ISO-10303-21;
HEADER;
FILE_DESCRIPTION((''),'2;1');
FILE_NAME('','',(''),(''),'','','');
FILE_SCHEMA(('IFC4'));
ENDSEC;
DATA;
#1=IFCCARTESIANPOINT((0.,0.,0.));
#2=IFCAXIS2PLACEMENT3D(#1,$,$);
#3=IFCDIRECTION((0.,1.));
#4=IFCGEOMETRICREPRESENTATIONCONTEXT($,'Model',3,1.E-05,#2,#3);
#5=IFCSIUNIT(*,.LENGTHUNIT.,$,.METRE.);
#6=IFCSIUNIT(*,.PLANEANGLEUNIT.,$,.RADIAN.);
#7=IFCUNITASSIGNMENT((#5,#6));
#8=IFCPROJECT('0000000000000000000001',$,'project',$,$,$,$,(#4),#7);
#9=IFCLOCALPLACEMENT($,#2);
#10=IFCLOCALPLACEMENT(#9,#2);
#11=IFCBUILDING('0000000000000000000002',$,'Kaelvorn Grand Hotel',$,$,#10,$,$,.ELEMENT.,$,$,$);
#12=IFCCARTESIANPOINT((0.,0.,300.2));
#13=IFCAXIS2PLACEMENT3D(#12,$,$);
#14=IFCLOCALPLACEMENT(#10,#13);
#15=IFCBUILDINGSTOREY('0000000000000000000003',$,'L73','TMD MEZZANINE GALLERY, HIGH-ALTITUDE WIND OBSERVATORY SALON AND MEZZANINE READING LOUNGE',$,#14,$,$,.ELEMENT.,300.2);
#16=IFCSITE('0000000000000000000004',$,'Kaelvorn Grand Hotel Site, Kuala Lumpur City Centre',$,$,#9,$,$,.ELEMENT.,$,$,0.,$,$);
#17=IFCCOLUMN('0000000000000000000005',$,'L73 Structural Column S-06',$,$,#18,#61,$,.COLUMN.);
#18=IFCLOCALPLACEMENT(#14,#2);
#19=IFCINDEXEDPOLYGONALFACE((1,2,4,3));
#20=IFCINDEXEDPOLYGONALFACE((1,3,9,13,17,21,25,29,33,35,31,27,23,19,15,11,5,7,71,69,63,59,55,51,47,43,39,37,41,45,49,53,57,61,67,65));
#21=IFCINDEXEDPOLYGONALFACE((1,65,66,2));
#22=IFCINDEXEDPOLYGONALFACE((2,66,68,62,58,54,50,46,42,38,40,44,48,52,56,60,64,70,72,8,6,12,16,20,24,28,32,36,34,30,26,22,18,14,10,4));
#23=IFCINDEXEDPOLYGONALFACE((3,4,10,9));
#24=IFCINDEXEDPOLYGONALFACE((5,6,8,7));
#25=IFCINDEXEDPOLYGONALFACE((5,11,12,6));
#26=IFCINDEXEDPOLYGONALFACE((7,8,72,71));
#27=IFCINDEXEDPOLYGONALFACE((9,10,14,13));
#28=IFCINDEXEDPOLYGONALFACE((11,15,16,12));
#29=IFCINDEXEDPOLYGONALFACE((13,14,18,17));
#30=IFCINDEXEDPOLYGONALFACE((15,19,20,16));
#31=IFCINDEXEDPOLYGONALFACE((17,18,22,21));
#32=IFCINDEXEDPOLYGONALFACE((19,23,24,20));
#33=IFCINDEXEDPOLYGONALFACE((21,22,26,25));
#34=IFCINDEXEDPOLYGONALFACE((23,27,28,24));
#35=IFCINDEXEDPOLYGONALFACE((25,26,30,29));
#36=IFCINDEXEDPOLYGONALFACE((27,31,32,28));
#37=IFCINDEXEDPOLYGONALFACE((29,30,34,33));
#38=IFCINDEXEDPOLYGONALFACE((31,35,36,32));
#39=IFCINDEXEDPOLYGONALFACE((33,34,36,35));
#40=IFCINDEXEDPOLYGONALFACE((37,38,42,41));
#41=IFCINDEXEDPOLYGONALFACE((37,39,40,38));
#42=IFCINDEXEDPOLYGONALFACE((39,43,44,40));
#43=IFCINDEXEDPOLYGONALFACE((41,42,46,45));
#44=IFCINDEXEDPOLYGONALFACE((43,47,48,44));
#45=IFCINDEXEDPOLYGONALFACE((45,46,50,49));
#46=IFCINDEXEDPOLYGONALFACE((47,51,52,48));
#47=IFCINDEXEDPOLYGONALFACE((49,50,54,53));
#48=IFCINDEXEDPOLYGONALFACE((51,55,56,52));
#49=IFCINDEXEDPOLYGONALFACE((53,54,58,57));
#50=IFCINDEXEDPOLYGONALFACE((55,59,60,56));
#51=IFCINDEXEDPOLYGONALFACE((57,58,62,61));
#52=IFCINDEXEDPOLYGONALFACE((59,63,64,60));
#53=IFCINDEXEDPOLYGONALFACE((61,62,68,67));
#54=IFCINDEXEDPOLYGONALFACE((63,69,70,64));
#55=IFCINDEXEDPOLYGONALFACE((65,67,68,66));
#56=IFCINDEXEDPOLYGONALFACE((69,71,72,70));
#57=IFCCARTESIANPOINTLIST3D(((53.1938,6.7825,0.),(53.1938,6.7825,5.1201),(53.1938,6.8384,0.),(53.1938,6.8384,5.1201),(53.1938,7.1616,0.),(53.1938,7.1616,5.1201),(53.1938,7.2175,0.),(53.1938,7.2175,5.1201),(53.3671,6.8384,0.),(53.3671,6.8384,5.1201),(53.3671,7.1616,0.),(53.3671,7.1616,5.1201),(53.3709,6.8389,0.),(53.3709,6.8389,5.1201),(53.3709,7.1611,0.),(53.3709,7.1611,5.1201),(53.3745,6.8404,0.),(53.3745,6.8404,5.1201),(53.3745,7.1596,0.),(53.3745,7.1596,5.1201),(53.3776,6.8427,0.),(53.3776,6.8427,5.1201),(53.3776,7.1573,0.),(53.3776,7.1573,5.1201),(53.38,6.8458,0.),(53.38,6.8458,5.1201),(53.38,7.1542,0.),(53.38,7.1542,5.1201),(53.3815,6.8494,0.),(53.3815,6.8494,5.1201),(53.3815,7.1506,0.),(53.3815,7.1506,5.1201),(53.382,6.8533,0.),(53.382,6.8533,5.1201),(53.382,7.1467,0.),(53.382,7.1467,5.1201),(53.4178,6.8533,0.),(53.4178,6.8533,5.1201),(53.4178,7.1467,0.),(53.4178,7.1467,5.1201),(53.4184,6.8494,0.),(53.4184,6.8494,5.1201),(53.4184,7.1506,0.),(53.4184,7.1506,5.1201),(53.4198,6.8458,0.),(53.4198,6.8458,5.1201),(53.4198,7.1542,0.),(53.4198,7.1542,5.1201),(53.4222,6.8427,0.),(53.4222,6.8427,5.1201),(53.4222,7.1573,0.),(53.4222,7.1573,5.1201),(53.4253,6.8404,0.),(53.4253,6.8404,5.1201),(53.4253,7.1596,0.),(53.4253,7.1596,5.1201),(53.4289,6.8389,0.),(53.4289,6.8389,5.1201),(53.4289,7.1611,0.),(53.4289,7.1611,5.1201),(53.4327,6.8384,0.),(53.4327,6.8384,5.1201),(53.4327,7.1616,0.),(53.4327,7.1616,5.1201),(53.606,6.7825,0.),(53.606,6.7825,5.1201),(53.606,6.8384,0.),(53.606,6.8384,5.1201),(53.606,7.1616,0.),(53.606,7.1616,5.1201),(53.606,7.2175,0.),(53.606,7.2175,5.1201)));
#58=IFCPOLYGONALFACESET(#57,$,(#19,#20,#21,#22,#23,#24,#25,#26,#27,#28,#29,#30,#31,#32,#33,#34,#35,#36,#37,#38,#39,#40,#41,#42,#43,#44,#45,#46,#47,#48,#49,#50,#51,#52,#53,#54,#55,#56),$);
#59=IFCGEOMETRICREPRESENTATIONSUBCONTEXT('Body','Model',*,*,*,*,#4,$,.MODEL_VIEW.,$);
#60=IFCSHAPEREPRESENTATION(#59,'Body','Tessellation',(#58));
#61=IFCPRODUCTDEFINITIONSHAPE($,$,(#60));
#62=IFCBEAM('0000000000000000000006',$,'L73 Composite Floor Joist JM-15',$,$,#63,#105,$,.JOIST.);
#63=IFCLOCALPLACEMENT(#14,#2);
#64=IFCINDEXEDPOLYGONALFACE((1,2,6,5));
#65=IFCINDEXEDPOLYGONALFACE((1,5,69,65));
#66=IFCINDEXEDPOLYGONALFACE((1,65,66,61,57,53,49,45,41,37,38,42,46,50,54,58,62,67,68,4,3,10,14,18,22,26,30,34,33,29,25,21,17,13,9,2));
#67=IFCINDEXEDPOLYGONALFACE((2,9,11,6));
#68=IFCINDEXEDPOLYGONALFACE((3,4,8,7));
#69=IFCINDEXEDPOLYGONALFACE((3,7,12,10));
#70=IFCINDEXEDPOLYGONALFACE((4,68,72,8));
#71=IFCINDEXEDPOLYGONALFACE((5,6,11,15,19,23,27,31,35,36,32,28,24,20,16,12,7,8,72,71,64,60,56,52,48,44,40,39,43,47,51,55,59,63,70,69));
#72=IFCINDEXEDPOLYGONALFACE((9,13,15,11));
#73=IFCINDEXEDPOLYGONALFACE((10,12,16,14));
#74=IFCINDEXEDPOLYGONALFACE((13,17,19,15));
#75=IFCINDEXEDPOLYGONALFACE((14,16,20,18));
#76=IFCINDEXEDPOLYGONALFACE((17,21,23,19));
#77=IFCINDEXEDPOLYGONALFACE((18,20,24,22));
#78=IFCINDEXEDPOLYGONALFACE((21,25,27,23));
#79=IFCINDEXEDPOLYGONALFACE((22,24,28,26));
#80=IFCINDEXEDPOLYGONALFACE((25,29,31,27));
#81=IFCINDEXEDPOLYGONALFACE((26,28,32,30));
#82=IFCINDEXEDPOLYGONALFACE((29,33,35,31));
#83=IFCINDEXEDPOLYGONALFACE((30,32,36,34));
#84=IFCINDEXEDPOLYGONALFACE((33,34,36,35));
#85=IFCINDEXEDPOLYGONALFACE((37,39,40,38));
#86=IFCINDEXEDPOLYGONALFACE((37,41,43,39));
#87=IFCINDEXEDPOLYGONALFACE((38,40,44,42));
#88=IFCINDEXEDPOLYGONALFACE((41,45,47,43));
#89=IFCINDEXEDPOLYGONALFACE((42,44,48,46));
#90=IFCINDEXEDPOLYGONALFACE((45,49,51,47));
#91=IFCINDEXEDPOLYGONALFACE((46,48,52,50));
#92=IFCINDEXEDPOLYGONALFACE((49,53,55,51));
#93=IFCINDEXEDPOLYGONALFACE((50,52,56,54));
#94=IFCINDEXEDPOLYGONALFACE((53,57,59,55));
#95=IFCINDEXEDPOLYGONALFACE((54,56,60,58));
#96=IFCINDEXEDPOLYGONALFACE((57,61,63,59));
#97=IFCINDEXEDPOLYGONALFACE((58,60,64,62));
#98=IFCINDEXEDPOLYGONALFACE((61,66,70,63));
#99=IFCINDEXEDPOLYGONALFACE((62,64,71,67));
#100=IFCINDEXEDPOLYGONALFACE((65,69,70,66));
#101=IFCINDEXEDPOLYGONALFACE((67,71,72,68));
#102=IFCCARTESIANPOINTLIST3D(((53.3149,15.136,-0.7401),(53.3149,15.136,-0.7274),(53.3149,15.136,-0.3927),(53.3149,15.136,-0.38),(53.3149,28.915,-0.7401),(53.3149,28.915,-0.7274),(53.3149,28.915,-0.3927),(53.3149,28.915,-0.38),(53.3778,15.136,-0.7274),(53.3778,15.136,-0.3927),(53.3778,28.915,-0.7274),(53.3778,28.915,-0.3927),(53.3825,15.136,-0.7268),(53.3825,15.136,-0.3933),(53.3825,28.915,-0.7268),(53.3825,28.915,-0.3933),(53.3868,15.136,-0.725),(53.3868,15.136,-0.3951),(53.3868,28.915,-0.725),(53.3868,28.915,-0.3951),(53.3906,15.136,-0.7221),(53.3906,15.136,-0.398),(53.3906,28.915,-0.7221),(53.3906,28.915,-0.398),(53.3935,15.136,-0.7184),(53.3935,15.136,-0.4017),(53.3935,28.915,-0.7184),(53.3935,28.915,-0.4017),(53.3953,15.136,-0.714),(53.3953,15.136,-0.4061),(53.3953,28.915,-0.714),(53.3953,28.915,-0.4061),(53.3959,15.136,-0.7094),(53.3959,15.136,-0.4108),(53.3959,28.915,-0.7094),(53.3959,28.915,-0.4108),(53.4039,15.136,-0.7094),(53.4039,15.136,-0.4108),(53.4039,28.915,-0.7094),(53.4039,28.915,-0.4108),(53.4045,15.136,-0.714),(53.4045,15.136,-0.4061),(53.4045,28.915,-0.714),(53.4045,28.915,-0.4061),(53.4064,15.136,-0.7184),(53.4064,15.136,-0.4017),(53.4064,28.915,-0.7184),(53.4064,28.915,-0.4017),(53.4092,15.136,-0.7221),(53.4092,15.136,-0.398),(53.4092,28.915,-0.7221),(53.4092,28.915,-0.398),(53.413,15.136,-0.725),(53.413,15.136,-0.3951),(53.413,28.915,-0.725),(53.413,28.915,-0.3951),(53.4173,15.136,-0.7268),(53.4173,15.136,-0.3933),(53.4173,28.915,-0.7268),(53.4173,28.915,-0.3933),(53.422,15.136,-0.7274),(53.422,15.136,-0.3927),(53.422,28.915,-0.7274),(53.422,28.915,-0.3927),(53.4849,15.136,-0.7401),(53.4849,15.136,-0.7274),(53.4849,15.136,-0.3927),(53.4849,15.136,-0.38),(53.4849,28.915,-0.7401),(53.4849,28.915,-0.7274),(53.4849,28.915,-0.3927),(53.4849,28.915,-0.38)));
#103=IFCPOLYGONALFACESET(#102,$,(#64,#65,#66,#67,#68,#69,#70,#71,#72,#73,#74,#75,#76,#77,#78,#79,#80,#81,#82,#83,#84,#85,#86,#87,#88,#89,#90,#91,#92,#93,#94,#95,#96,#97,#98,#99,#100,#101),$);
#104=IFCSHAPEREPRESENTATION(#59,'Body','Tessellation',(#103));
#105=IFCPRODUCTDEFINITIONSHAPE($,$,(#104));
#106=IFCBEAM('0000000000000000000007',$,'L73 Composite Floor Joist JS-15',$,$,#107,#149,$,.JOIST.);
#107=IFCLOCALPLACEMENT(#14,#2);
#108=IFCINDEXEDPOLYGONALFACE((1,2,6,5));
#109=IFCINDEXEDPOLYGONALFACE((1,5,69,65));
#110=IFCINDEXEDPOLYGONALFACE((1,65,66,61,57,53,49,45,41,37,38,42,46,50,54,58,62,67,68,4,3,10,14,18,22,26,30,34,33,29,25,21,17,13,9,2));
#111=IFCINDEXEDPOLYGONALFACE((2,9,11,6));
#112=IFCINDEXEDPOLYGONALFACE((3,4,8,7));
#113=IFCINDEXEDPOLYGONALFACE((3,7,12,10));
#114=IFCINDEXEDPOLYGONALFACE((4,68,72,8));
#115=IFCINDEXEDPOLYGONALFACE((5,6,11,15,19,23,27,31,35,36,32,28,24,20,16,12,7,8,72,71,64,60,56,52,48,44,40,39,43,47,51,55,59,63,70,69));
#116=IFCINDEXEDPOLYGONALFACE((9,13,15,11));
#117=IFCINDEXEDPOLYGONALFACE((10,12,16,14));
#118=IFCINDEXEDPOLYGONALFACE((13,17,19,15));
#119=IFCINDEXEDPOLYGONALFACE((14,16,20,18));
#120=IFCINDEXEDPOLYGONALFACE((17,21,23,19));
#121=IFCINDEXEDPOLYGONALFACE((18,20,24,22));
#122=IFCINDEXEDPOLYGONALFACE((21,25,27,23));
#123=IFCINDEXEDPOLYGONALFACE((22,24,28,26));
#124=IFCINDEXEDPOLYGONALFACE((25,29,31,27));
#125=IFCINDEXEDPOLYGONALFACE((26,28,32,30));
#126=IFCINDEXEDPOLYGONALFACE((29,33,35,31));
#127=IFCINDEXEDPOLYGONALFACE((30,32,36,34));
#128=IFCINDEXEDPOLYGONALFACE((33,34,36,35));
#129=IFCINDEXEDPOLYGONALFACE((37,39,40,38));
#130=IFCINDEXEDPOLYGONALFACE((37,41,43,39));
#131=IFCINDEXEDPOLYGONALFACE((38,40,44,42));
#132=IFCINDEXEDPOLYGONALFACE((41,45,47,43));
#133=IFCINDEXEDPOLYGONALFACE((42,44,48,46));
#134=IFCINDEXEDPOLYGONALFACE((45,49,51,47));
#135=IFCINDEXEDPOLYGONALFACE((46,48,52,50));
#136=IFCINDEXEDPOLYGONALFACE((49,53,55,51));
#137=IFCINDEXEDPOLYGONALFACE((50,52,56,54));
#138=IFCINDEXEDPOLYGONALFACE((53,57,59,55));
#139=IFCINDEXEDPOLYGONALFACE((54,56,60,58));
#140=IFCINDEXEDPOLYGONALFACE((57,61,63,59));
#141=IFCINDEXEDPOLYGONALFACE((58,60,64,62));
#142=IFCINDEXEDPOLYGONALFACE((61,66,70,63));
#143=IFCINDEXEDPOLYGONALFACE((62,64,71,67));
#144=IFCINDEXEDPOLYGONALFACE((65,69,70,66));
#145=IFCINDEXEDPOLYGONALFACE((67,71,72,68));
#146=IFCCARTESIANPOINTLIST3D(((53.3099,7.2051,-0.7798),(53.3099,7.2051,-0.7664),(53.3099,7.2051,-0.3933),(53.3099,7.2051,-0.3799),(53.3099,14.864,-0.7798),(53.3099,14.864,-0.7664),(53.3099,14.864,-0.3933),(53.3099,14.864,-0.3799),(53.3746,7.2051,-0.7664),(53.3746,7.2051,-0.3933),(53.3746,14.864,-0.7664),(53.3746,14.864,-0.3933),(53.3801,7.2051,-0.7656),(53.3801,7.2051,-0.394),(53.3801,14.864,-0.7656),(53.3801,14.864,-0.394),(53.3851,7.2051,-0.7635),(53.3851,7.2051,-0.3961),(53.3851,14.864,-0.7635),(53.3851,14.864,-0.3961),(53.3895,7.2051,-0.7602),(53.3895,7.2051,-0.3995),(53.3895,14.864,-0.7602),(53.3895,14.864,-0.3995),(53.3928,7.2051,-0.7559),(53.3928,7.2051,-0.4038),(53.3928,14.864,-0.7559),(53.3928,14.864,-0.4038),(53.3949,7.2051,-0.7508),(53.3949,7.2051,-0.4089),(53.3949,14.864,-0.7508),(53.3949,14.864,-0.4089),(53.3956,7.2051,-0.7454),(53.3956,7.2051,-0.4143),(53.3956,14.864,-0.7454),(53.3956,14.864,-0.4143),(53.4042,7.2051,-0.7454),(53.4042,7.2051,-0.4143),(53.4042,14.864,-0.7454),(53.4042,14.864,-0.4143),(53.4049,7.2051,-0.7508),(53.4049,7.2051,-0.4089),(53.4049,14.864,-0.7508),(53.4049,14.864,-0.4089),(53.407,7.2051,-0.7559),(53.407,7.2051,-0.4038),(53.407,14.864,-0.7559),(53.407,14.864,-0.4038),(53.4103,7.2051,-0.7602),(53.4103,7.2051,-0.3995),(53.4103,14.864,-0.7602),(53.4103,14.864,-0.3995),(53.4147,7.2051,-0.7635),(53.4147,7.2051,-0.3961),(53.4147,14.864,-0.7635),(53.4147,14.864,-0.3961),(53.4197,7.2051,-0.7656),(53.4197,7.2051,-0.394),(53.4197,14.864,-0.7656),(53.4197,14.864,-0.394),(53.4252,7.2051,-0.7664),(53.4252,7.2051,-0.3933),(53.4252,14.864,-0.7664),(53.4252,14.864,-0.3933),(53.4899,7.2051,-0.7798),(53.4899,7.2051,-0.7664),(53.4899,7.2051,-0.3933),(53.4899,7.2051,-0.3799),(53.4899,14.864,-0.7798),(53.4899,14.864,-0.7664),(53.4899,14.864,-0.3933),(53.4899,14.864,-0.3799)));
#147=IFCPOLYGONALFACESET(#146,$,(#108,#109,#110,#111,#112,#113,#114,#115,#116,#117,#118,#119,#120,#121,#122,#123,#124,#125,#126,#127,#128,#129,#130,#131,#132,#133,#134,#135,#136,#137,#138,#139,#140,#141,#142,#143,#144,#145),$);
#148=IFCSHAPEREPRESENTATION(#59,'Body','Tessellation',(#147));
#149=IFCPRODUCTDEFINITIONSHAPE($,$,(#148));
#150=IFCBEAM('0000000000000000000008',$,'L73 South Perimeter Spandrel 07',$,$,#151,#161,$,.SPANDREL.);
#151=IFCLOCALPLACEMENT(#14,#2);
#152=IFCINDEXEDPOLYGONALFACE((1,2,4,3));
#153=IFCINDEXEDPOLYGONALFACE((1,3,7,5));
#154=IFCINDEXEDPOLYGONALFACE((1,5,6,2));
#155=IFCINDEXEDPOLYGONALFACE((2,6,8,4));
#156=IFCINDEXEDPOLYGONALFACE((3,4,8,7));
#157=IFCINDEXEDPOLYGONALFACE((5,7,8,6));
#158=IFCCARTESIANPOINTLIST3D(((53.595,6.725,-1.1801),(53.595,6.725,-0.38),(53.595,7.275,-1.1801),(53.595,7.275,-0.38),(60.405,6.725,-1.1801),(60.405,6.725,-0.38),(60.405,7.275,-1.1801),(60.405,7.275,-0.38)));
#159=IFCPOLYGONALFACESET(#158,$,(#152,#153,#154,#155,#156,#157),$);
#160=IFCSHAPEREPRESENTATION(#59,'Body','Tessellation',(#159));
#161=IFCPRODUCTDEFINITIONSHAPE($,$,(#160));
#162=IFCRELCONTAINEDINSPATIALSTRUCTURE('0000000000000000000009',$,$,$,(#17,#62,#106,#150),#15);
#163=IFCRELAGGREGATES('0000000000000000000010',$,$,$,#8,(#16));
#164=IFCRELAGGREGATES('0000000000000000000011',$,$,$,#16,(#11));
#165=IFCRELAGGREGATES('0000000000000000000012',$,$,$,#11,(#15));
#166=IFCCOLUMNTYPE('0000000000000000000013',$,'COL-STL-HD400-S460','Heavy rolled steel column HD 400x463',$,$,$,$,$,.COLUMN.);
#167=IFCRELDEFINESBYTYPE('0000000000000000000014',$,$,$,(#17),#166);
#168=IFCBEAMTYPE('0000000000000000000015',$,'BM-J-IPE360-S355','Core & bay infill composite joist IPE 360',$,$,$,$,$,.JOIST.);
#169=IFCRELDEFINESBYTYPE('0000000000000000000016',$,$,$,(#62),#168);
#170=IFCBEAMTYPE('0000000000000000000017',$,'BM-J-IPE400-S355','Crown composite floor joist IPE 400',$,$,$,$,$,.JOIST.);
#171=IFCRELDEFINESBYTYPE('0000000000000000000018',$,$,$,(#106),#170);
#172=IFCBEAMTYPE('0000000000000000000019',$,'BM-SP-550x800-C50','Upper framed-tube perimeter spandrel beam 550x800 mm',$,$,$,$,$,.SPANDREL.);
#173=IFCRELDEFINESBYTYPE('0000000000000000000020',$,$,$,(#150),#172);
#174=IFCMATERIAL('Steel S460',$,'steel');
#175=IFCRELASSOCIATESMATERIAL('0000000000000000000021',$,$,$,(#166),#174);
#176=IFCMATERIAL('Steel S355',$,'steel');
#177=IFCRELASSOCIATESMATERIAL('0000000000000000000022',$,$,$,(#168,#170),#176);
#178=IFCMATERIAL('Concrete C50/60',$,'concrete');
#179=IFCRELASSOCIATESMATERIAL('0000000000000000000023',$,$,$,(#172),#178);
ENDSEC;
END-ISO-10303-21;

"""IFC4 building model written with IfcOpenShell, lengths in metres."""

from ifc_helpers import new_model, si_unit, direction, frame, origin, origin_2d, place, context, subcontext, project, spatial, rectangle, i_section, extrude, material, material_profile, profile_set, type_object, element, save


model = new_model("IFC4")

# Units and contexts
model_context = context("Model", 3, precision=1e-05, world=origin(), true_north=direction((0.0, 1.0)))
body_context = subcontext(model_context, "Body", "Model", "MODEL_VIEW")
ifc_project = project(units=[si_unit("LENGTHUNIT", "METRE"), si_unit("PLANEANGLEUNIT", "RADIAN")], contexts=[model_context])

# Site, building, storey
site_placement = place(None, origin())
site = spatial("IfcSite", under=ifc_project, at=site_placement, Name="Kaelvorn Grand Hotel Site, Kuala Lumpur City Centre", CompositionType="ELEMENT", RefElevation=0.0)
building_placement = place(site_placement, origin())
building = spatial("IfcBuilding", under=site, at=building_placement, Name="Kaelvorn Grand Hotel", CompositionType="ELEMENT")
storey_placement = place(building_placement, frame((0.0, 0.0, 300.2)))
storey = spatial("IfcBuildingStorey", under=building, at=storey_placement, Name="L73", Description="TMD MEZZANINE GALLERY, HIGH-ALTITUDE WIND OBSERVATORY SALON AND MEZZANINE READING LOUNGE", CompositionType="ELEMENT", Elevation=300.2)

# Column
ifc_material_1 = material(Name="Steel S460", Category="steel")
ifc_material_profile_1 = material_profile(ifc_material_1, i_section(OverallWidth=0.4121, OverallDepth=0.4351, WebThickness=0.0359, FlangeThickness=0.0559, FilletRadius=0.0149, at=origin_2d()), Name="HD 400x463")
ifc_profile_set_1 = profile_set([ifc_material_profile_1], Name="Steel S460")
column_type = type_object("IfcColumnType", Name="COL-STL-HD400-S460", Description="Heavy rolled steel column HD 400x463", PredefinedType="COLUMN", material=ifc_profile_set_1)
column_placement = place(storey_placement, frame((53.3999, 7.0, 0.0), z_axis=(0.0, 0.0, 1.0), x_axis=(1.0, 0.0, 0.0)))
element("IfcColumn", 1, at=column_placement, inside=storey, type_object=column_type, Name="L73 Structural Column S-06", PredefinedType="COLUMN", context=body_context, shape_type="SweptSolid", body=[
    extrude(i_section(OverallWidth=0.4121, OverallDepth=0.4351, WebThickness=0.0359, FlangeThickness=0.0559, FilletRadius=0.0149, at=origin_2d()), origin(), (0.0, 0.0, 1.0), 5.1201),
])

# Beams
ifc_material_2 = material(Name="Steel S355", Category="steel")
ifc_material_profile_2 = material_profile(ifc_material_2, i_section(OverallWidth=0.1699, OverallDepth=0.3601, WebThickness=0.0081, FlangeThickness=0.0127, FilletRadius=0.0181, at=origin_2d()), Name="IPE 360")
ifc_profile_set_2 = profile_set([ifc_material_profile_2], Name="Steel S355")
beam_type_1 = type_object("IfcBeamType", Name="BM-J-IPE360-S355", Description="Core & bay infill composite joist IPE 360", PredefinedType="JOIST", material=ifc_profile_set_2)
beam_1_placement = place(storey_placement, frame((53.3999, 15.136, -0.5601), z_axis=(0.0, 1.0, 0.0), x_axis=(-1.0, 0.0, 0.0)))
element("IfcBeam", 2, at=beam_1_placement, inside=storey, type_object=beam_type_1, Name="L73 Composite Floor Joist JM-15", PredefinedType="JOIST", context=body_context, shape_type="SweptSolid", body=[
    extrude(i_section(OverallWidth=0.1699, OverallDepth=0.3601, WebThickness=0.0081, FlangeThickness=0.0127, FilletRadius=0.0181, at=origin_2d()), origin(), (0.0, 0.0, 1.0), 13.7791),
])
ifc_material_profile_3 = material_profile(ifc_material_2, i_section(OverallWidth=0.1799, OverallDepth=0.3999, WebThickness=0.0085, FlangeThickness=0.0134, FilletRadius=0.021, at=origin_2d()), Name="IPE 400")
ifc_profile_set_3 = profile_set([ifc_material_profile_3], Name="Steel S355")
beam_type_2 = type_object("IfcBeamType", Name="BM-J-IPE400-S355", Description="Crown composite floor joist IPE 400", PredefinedType="JOIST", material=ifc_profile_set_3)
beam_2_placement = place(storey_placement, frame((53.3999, 7.2051, -0.5798), z_axis=(0.0, 1.0, 0.0), x_axis=(-1.0, 0.0, 0.0)))
element("IfcBeam", 3, at=beam_2_placement, inside=storey, type_object=beam_type_2, Name="L73 Composite Floor Joist JS-15", PredefinedType="JOIST", context=body_context, shape_type="SweptSolid", body=[
    extrude(i_section(OverallWidth=0.1799, OverallDepth=0.3999, WebThickness=0.0085, FlangeThickness=0.0134, FilletRadius=0.021, at=origin_2d()), origin(), (0.0, 0.0, 1.0), 7.6589),
])
ifc_material_3 = material(Name="Concrete C50/60", Category="concrete")
ifc_material_profile_4 = material_profile(ifc_material_3, rectangle(XDim=0.55, YDim=0.8, at=origin_2d()), Name="RC SPANDREL 550x800")
ifc_profile_set_4 = profile_set([ifc_material_profile_4], Name="Concrete C50/60")
beam_type_3 = type_object("IfcBeamType", Name="BM-SP-550x800-C50", Description="Upper framed-tube perimeter spandrel beam 550x800 mm", PredefinedType="SPANDREL", material=ifc_profile_set_4)
beam_3_placement = place(storey_placement, frame((53.595, 7.0, -0.78), z_axis=(1.0, 0.0, 0.0), x_axis=(0.0, 1.0, 0.0)))
element("IfcBeam", 4, at=beam_3_placement, inside=storey, type_object=beam_type_3, Name="L73 South Perimeter Spandrel 07", PredefinedType="SPANDREL", context=body_context, shape_type="SweptSolid", body=[
    extrude(rectangle(XDim=0.55, YDim=0.8, at=origin_2d()), origin(), (0.0, 0.0, 1.0), 6.8101),
])

save(model, "model.ifc")
